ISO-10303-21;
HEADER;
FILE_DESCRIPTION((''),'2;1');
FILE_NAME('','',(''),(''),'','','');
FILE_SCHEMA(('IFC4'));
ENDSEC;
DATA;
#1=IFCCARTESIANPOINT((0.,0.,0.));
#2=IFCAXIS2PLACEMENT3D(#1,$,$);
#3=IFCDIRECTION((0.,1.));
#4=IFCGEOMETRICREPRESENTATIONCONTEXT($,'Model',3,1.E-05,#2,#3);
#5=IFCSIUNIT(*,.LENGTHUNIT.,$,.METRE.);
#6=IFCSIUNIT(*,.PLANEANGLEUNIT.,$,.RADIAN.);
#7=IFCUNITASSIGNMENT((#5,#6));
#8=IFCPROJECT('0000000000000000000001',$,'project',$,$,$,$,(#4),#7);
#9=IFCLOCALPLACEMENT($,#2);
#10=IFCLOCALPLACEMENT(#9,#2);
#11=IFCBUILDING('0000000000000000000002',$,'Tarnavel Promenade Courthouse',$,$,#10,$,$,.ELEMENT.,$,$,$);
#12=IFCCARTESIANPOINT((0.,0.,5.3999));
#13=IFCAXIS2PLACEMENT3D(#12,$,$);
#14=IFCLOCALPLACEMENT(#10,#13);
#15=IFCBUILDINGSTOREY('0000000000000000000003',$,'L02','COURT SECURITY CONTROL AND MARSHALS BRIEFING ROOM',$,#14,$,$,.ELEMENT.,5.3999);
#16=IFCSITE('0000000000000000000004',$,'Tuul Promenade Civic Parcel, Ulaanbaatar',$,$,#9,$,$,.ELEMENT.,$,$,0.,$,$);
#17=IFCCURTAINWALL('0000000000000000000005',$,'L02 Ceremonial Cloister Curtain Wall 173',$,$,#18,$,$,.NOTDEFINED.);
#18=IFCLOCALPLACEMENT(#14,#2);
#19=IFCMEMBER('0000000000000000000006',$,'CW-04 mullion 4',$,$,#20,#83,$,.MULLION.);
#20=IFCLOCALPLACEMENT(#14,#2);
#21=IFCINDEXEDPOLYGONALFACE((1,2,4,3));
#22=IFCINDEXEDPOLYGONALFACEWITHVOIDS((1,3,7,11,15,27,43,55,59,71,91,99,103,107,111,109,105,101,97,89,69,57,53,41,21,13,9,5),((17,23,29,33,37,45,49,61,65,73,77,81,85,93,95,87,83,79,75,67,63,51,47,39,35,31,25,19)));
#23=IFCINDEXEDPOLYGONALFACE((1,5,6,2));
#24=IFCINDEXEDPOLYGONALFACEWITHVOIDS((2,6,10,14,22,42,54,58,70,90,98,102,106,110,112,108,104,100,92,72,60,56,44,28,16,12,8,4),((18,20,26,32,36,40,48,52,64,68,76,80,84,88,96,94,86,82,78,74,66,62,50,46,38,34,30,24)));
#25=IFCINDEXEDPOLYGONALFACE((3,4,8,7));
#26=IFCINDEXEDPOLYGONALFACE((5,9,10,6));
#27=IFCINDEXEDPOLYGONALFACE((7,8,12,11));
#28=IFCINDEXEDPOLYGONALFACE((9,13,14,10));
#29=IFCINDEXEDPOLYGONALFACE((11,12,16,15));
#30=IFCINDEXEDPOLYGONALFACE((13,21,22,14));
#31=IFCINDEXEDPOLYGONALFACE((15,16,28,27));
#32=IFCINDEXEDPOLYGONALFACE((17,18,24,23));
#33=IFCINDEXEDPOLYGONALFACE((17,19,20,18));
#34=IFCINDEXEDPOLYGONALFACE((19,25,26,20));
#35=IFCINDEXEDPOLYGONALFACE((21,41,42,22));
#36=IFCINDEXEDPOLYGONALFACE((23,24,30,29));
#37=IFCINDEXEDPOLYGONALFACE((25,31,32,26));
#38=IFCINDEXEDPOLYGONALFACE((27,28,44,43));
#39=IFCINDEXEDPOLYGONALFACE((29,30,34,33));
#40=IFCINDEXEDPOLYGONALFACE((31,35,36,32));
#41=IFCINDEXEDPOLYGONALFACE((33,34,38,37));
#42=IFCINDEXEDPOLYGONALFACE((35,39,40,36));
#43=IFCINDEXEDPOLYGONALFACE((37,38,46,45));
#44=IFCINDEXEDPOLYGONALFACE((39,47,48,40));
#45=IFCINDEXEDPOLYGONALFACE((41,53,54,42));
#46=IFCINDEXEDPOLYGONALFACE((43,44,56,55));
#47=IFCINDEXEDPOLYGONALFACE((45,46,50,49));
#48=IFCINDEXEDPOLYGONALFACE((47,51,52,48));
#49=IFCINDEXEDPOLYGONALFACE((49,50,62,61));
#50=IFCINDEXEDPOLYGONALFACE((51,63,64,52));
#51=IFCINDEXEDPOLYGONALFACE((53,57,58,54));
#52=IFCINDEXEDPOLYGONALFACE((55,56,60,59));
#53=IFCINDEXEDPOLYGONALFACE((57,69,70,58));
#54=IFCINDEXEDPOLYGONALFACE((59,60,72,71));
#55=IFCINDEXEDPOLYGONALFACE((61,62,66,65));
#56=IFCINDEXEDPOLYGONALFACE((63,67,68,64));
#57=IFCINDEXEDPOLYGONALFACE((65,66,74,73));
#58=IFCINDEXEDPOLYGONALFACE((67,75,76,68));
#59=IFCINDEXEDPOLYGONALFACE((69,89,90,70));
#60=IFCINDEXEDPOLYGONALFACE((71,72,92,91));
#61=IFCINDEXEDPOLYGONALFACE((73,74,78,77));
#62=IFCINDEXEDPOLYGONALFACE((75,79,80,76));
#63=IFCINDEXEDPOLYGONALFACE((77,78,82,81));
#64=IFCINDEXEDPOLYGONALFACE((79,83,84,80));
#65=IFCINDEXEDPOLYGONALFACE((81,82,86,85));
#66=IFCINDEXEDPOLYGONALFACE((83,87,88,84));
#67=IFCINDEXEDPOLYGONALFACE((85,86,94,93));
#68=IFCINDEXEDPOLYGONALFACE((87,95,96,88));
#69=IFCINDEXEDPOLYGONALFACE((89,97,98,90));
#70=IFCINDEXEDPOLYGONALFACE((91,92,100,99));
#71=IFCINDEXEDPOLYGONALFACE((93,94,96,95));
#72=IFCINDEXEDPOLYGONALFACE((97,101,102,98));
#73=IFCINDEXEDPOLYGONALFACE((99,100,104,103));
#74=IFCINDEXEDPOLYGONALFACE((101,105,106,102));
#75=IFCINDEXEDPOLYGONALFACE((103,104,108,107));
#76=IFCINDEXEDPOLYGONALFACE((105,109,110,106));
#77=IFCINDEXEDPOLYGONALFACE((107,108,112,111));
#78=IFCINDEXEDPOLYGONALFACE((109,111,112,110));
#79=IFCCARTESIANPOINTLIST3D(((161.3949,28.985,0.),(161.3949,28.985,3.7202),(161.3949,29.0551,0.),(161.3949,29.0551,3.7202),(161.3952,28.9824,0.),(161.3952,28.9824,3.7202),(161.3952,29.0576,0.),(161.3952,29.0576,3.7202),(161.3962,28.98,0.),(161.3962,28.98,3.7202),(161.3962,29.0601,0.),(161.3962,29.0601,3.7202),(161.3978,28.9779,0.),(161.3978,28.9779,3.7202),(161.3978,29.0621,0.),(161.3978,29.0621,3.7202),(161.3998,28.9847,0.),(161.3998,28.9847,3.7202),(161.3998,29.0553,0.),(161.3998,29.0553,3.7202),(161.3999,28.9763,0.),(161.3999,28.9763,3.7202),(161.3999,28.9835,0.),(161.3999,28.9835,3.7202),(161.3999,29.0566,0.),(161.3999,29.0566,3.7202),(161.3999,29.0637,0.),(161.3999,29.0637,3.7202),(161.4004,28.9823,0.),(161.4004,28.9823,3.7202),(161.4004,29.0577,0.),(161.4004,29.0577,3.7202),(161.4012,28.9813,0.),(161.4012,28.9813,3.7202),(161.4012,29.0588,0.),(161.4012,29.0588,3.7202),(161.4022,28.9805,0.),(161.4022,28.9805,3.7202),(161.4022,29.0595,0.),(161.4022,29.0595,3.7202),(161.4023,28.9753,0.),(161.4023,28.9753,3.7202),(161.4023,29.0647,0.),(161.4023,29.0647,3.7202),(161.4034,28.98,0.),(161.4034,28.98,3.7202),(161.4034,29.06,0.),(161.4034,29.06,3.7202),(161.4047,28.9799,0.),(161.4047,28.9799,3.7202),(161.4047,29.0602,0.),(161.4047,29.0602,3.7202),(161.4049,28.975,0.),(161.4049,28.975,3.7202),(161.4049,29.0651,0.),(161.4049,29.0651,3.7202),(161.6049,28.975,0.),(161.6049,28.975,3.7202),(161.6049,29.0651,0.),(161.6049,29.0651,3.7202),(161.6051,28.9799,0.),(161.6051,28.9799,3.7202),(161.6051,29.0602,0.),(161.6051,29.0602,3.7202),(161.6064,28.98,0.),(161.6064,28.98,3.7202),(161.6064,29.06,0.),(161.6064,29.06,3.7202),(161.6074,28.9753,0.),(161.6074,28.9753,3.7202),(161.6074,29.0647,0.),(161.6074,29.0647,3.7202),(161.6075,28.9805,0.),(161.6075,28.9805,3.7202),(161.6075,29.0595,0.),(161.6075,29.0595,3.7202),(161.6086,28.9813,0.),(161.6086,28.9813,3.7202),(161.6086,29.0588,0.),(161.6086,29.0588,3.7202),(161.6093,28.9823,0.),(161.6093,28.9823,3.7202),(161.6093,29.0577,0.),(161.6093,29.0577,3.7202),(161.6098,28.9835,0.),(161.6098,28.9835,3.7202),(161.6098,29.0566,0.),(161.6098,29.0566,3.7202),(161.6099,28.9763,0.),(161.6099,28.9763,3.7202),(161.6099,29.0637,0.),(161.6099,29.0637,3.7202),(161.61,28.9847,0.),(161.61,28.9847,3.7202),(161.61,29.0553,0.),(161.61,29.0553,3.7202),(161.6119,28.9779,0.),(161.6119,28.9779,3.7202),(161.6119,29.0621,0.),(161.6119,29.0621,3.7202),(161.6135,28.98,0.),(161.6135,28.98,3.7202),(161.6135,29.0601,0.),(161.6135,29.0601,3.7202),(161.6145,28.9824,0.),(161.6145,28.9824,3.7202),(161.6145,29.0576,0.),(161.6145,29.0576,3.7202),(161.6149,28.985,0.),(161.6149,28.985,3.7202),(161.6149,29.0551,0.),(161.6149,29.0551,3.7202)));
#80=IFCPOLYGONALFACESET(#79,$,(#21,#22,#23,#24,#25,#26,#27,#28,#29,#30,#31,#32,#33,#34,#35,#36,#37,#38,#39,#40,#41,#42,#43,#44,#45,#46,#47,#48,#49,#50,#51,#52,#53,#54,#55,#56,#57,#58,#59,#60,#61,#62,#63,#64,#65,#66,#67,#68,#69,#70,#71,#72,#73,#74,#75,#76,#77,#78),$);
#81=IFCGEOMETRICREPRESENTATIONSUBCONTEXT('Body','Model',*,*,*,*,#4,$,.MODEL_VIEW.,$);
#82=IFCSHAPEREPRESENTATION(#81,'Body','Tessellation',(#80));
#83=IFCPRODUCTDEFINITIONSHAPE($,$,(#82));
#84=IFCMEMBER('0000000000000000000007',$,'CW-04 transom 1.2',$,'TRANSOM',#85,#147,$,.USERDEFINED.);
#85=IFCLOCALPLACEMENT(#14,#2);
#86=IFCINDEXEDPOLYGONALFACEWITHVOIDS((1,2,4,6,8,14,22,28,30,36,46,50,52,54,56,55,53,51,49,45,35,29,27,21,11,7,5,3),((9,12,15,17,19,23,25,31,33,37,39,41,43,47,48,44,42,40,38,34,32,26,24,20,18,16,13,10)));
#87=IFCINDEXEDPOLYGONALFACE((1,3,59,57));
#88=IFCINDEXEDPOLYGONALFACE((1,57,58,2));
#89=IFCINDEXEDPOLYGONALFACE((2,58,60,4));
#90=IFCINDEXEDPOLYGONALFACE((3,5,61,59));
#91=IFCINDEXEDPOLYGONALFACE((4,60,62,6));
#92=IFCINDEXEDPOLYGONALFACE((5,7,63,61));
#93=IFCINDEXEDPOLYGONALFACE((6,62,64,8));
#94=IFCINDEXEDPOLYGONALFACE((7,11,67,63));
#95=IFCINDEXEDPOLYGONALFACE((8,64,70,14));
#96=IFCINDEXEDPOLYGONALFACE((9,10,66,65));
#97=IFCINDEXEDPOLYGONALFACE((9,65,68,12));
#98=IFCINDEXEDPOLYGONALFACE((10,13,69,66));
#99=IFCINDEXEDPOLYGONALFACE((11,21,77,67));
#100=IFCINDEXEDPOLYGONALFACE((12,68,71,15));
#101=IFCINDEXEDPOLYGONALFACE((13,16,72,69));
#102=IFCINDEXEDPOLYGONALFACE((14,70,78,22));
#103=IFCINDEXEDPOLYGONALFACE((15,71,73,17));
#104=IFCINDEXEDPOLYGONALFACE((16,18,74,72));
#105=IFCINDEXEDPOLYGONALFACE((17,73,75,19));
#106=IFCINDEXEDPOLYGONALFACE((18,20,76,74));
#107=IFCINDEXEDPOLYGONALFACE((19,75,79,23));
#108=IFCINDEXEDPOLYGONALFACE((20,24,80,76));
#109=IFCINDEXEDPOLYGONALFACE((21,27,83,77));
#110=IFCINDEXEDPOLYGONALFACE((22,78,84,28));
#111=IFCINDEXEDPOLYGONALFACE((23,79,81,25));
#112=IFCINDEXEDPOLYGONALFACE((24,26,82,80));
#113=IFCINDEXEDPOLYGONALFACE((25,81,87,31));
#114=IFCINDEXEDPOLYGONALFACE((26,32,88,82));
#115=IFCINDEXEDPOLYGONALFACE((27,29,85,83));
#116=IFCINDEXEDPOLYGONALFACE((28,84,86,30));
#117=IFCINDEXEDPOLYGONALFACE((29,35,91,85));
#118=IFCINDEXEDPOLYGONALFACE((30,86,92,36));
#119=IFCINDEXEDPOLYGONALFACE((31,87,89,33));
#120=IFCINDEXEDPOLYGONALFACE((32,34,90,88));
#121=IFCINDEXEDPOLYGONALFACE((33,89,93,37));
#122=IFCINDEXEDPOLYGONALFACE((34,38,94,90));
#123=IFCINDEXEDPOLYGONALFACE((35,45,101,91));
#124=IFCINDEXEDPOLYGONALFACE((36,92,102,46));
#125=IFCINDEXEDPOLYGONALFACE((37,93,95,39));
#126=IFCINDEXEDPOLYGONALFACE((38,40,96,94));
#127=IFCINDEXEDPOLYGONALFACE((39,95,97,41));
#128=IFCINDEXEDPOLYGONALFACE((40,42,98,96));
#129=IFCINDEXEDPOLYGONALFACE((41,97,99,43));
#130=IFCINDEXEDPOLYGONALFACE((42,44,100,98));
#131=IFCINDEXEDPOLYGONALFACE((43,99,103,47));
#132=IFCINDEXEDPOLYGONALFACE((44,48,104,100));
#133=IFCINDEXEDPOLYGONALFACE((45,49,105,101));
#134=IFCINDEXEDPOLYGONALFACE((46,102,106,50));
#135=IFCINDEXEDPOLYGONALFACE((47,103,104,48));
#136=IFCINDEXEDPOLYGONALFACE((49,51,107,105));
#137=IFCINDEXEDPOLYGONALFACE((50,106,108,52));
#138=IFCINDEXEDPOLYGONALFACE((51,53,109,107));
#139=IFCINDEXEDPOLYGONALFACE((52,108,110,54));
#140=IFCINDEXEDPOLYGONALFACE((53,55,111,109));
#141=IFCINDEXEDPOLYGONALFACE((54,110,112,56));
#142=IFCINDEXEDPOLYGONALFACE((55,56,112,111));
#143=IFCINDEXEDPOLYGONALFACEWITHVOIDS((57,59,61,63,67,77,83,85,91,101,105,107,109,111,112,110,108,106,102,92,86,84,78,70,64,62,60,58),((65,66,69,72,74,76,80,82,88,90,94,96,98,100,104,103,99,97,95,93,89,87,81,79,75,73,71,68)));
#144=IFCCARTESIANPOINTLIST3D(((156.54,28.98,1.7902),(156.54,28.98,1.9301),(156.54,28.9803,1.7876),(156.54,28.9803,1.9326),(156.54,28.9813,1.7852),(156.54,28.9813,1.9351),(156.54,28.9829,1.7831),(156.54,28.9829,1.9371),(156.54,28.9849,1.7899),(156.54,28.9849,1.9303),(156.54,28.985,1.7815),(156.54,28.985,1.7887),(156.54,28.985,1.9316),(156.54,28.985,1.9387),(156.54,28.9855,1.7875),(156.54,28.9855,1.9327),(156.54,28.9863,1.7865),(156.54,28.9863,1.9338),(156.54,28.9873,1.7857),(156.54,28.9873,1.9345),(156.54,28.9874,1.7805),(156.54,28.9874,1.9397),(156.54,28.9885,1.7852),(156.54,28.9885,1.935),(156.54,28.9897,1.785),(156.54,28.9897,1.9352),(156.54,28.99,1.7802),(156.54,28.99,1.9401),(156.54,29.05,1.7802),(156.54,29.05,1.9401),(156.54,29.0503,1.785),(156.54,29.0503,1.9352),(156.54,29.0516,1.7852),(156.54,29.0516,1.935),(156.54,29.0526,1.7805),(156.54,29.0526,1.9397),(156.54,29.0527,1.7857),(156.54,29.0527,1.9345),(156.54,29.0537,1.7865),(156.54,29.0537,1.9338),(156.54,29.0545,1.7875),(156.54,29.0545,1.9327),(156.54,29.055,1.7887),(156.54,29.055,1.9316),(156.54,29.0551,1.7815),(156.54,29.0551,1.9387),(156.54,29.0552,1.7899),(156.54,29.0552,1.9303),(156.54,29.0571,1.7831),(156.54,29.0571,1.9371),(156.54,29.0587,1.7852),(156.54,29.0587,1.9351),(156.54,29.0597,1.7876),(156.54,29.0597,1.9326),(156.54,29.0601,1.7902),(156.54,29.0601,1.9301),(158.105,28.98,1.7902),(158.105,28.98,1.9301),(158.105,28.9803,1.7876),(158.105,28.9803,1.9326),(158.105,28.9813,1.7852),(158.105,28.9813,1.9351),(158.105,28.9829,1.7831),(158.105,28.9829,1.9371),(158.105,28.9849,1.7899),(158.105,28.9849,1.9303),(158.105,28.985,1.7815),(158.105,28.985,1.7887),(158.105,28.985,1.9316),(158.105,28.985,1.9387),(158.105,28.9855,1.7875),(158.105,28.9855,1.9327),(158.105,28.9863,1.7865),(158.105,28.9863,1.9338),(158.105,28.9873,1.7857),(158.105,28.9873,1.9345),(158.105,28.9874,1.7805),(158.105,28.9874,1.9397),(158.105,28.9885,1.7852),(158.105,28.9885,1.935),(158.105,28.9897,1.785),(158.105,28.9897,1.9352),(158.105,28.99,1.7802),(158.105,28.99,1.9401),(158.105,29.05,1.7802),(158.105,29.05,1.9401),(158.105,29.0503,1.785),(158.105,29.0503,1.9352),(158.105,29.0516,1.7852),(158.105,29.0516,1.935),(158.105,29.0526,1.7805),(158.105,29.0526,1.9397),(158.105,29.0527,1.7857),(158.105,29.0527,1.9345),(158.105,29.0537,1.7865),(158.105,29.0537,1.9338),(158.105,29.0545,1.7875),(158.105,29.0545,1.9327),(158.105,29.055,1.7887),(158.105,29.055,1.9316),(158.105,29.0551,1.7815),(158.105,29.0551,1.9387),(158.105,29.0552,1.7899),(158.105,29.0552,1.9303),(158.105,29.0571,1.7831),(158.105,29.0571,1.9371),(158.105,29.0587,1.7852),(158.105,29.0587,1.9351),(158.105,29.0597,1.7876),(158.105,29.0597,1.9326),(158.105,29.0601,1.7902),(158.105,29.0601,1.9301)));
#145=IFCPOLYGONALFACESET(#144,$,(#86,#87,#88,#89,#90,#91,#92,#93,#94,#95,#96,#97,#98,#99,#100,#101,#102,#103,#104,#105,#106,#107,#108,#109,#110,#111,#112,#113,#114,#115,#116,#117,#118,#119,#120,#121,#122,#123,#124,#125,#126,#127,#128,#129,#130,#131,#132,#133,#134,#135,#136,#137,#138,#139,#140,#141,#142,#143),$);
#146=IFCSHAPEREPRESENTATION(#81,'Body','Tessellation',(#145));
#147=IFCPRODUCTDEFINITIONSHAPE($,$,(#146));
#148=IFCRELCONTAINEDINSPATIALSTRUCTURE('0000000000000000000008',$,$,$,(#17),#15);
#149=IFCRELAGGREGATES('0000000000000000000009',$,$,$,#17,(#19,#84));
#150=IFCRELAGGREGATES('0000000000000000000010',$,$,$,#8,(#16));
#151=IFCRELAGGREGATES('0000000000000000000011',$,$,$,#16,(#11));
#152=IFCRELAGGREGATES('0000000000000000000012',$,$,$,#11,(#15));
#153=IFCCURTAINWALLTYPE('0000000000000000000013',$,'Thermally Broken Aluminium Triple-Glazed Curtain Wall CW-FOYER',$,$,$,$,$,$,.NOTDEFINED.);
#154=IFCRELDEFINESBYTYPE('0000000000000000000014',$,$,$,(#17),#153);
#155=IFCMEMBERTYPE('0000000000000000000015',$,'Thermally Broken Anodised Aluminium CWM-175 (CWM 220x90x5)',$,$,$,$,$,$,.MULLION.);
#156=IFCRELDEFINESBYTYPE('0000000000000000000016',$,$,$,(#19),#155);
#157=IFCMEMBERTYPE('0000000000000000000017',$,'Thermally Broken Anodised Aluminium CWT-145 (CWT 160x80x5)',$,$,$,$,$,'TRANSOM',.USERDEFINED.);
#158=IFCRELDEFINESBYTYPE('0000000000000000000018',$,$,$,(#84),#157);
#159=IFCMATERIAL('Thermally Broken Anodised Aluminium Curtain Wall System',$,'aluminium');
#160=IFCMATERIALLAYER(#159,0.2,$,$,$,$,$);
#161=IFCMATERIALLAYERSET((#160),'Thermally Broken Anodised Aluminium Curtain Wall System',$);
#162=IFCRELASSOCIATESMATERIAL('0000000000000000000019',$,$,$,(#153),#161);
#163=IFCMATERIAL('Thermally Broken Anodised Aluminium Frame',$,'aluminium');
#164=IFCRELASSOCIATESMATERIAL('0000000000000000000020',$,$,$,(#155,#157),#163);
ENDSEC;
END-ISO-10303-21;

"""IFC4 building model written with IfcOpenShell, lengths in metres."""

from ifc_helpers import new_model, si_unit, direction, frame, origin, origin_2d, place, context, subcontext, project, spatial, hollow_rectangle, extrude, material, layer, layer_set, material_profile, profile_set, type_object, element, aggregate, save


model = new_model("IFC4")

# Units and contexts
model_context = context("Model", 3, precision=1e-05, world=origin(), true_north=direction((0.0, 1.0)))
body_context = subcontext(model_context, "Body", "Model", "MODEL_VIEW")
ifc_project = project(units=[si_unit("LENGTHUNIT", "METRE"), si_unit("PLANEANGLEUNIT", "RADIAN")], contexts=[model_context])

# Site, building, storey
site_placement = place(None, origin())
site = spatial("IfcSite", under=ifc_project, at=site_placement, Name="Tuul Promenade Civic Parcel, Ulaanbaatar", CompositionType="ELEMENT", RefElevation=0.0)
building_placement = place(site_placement, origin())
building = spatial("IfcBuilding", under=site, at=building_placement, Name="Tarnavel Promenade Courthouse", CompositionType="ELEMENT")
storey_placement = place(building_placement, frame((0.0, 0.0, 5.3999)))
storey = spatial("IfcBuildingStorey", under=building, at=storey_placement, Name="L02", Description="COURT SECURITY CONTROL AND MARSHALS BRIEFING ROOM", CompositionType="ELEMENT", Elevation=5.3999)

# Curtain wall, members
ifc_material_1 = material(Name="Thermally Broken Anodised Aluminium Curtain Wall System", Category="aluminium")
ifc_layer_1 = layer(ifc_material_1, 0.2)
ifc_layer_set_1 = layer_set([ifc_layer_1], Name="Thermally Broken Anodised Aluminium Curtain Wall System")
curtain_wall_type = type_object("IfcCurtainWallType", Name="Thermally Broken Aluminium Triple-Glazed Curtain Wall CW-FOYER", PredefinedType="NOTDEFINED", material=ifc_layer_set_1)
curtain_wall_placement = place(storey_placement, origin())
curtain_wall = element("IfcCurtainWall", 1, at=curtain_wall_placement, inside=storey, type_object=curtain_wall_type, Name="L02 Ceremonial Cloister Curtain Wall 173", PredefinedType="NOTDEFINED")
ifc_material_2 = material(Name="Thermally Broken Anodised Aluminium Frame", Category="aluminium")
ifc_material_profile_1 = material_profile(ifc_material_2, hollow_rectangle(XDim=0.0901, YDim=0.22, WallThickness=0.0049, InnerFilletRadius=0.0049, OuterFilletRadius=0.01, at=origin_2d()), Name="CWM 220x90x5")
ifc_profile_set_1 = profile_set([ifc_material_profile_1], Name="Thermally Broken Anodised Aluminium Frame")
member_type_1 = type_object("IfcMemberType", Name="Thermally Broken Anodised Aluminium CWM-175 (CWM 220x90x5)", PredefinedType="MULLION", material=ifc_profile_set_1)
member_1_placement = place(storey_placement, frame((161.5049, 29.02, 0.0), z_axis=(0.0, 0.0, 1.0), x_axis=(0.0, 1.0, 0.0)))
member_1 = element("IfcMember", 2, at=member_1_placement, type_object=member_type_1, Name="CW-04 mullion 4", PredefinedType="MULLION", context=body_context, shape_type="SweptSolid", body=[
    extrude(hollow_rectangle(XDim=0.0901, YDim=0.22, WallThickness=0.0049, InnerFilletRadius=0.0049, OuterFilletRadius=0.01, at=origin_2d()), origin(), (0.0, 0.0, 1.0), 3.7202),
])
ifc_material_profile_2 = material_profile(ifc_material_2, hollow_rectangle(XDim=0.0801, YDim=0.1599, WallThickness=0.0049, InnerFilletRadius=0.0049, OuterFilletRadius=0.01, at=origin_2d()), Name="CWT 160x80x5")
ifc_profile_set_2 = profile_set([ifc_material_profile_2], Name="Thermally Broken Anodised Aluminium Frame")
member_type_2 = type_object("IfcMemberType", Name="Thermally Broken Anodised Aluminium CWT-145 (CWT 160x80x5)", ElementType="TRANSOM", PredefinedType="USERDEFINED", material=ifc_profile_set_2)
member_2_placement = place(storey_placement, frame((156.54, 29.02, 1.8601), z_axis=(1.0, 0.0, 0.0), x_axis=(0.0, 1.0, 0.0)))
member_2 = element("IfcMember", 3, at=member_2_placement, type_object=member_type_2, Name="CW-04 transom 1.2", ObjectType="TRANSOM", PredefinedType="USERDEFINED", context=body_context, shape_type="SweptSolid", body=[
    extrude(hollow_rectangle(XDim=0.0801, YDim=0.1599, WallThickness=0.0049, InnerFilletRadius=0.0049, OuterFilletRadius=0.01, at=origin_2d()), origin(), (0.0, 0.0, 1.0), 1.5649),
])
aggregate(curtain_wall, [member_1, member_2])

save(model, "model.ifc")
